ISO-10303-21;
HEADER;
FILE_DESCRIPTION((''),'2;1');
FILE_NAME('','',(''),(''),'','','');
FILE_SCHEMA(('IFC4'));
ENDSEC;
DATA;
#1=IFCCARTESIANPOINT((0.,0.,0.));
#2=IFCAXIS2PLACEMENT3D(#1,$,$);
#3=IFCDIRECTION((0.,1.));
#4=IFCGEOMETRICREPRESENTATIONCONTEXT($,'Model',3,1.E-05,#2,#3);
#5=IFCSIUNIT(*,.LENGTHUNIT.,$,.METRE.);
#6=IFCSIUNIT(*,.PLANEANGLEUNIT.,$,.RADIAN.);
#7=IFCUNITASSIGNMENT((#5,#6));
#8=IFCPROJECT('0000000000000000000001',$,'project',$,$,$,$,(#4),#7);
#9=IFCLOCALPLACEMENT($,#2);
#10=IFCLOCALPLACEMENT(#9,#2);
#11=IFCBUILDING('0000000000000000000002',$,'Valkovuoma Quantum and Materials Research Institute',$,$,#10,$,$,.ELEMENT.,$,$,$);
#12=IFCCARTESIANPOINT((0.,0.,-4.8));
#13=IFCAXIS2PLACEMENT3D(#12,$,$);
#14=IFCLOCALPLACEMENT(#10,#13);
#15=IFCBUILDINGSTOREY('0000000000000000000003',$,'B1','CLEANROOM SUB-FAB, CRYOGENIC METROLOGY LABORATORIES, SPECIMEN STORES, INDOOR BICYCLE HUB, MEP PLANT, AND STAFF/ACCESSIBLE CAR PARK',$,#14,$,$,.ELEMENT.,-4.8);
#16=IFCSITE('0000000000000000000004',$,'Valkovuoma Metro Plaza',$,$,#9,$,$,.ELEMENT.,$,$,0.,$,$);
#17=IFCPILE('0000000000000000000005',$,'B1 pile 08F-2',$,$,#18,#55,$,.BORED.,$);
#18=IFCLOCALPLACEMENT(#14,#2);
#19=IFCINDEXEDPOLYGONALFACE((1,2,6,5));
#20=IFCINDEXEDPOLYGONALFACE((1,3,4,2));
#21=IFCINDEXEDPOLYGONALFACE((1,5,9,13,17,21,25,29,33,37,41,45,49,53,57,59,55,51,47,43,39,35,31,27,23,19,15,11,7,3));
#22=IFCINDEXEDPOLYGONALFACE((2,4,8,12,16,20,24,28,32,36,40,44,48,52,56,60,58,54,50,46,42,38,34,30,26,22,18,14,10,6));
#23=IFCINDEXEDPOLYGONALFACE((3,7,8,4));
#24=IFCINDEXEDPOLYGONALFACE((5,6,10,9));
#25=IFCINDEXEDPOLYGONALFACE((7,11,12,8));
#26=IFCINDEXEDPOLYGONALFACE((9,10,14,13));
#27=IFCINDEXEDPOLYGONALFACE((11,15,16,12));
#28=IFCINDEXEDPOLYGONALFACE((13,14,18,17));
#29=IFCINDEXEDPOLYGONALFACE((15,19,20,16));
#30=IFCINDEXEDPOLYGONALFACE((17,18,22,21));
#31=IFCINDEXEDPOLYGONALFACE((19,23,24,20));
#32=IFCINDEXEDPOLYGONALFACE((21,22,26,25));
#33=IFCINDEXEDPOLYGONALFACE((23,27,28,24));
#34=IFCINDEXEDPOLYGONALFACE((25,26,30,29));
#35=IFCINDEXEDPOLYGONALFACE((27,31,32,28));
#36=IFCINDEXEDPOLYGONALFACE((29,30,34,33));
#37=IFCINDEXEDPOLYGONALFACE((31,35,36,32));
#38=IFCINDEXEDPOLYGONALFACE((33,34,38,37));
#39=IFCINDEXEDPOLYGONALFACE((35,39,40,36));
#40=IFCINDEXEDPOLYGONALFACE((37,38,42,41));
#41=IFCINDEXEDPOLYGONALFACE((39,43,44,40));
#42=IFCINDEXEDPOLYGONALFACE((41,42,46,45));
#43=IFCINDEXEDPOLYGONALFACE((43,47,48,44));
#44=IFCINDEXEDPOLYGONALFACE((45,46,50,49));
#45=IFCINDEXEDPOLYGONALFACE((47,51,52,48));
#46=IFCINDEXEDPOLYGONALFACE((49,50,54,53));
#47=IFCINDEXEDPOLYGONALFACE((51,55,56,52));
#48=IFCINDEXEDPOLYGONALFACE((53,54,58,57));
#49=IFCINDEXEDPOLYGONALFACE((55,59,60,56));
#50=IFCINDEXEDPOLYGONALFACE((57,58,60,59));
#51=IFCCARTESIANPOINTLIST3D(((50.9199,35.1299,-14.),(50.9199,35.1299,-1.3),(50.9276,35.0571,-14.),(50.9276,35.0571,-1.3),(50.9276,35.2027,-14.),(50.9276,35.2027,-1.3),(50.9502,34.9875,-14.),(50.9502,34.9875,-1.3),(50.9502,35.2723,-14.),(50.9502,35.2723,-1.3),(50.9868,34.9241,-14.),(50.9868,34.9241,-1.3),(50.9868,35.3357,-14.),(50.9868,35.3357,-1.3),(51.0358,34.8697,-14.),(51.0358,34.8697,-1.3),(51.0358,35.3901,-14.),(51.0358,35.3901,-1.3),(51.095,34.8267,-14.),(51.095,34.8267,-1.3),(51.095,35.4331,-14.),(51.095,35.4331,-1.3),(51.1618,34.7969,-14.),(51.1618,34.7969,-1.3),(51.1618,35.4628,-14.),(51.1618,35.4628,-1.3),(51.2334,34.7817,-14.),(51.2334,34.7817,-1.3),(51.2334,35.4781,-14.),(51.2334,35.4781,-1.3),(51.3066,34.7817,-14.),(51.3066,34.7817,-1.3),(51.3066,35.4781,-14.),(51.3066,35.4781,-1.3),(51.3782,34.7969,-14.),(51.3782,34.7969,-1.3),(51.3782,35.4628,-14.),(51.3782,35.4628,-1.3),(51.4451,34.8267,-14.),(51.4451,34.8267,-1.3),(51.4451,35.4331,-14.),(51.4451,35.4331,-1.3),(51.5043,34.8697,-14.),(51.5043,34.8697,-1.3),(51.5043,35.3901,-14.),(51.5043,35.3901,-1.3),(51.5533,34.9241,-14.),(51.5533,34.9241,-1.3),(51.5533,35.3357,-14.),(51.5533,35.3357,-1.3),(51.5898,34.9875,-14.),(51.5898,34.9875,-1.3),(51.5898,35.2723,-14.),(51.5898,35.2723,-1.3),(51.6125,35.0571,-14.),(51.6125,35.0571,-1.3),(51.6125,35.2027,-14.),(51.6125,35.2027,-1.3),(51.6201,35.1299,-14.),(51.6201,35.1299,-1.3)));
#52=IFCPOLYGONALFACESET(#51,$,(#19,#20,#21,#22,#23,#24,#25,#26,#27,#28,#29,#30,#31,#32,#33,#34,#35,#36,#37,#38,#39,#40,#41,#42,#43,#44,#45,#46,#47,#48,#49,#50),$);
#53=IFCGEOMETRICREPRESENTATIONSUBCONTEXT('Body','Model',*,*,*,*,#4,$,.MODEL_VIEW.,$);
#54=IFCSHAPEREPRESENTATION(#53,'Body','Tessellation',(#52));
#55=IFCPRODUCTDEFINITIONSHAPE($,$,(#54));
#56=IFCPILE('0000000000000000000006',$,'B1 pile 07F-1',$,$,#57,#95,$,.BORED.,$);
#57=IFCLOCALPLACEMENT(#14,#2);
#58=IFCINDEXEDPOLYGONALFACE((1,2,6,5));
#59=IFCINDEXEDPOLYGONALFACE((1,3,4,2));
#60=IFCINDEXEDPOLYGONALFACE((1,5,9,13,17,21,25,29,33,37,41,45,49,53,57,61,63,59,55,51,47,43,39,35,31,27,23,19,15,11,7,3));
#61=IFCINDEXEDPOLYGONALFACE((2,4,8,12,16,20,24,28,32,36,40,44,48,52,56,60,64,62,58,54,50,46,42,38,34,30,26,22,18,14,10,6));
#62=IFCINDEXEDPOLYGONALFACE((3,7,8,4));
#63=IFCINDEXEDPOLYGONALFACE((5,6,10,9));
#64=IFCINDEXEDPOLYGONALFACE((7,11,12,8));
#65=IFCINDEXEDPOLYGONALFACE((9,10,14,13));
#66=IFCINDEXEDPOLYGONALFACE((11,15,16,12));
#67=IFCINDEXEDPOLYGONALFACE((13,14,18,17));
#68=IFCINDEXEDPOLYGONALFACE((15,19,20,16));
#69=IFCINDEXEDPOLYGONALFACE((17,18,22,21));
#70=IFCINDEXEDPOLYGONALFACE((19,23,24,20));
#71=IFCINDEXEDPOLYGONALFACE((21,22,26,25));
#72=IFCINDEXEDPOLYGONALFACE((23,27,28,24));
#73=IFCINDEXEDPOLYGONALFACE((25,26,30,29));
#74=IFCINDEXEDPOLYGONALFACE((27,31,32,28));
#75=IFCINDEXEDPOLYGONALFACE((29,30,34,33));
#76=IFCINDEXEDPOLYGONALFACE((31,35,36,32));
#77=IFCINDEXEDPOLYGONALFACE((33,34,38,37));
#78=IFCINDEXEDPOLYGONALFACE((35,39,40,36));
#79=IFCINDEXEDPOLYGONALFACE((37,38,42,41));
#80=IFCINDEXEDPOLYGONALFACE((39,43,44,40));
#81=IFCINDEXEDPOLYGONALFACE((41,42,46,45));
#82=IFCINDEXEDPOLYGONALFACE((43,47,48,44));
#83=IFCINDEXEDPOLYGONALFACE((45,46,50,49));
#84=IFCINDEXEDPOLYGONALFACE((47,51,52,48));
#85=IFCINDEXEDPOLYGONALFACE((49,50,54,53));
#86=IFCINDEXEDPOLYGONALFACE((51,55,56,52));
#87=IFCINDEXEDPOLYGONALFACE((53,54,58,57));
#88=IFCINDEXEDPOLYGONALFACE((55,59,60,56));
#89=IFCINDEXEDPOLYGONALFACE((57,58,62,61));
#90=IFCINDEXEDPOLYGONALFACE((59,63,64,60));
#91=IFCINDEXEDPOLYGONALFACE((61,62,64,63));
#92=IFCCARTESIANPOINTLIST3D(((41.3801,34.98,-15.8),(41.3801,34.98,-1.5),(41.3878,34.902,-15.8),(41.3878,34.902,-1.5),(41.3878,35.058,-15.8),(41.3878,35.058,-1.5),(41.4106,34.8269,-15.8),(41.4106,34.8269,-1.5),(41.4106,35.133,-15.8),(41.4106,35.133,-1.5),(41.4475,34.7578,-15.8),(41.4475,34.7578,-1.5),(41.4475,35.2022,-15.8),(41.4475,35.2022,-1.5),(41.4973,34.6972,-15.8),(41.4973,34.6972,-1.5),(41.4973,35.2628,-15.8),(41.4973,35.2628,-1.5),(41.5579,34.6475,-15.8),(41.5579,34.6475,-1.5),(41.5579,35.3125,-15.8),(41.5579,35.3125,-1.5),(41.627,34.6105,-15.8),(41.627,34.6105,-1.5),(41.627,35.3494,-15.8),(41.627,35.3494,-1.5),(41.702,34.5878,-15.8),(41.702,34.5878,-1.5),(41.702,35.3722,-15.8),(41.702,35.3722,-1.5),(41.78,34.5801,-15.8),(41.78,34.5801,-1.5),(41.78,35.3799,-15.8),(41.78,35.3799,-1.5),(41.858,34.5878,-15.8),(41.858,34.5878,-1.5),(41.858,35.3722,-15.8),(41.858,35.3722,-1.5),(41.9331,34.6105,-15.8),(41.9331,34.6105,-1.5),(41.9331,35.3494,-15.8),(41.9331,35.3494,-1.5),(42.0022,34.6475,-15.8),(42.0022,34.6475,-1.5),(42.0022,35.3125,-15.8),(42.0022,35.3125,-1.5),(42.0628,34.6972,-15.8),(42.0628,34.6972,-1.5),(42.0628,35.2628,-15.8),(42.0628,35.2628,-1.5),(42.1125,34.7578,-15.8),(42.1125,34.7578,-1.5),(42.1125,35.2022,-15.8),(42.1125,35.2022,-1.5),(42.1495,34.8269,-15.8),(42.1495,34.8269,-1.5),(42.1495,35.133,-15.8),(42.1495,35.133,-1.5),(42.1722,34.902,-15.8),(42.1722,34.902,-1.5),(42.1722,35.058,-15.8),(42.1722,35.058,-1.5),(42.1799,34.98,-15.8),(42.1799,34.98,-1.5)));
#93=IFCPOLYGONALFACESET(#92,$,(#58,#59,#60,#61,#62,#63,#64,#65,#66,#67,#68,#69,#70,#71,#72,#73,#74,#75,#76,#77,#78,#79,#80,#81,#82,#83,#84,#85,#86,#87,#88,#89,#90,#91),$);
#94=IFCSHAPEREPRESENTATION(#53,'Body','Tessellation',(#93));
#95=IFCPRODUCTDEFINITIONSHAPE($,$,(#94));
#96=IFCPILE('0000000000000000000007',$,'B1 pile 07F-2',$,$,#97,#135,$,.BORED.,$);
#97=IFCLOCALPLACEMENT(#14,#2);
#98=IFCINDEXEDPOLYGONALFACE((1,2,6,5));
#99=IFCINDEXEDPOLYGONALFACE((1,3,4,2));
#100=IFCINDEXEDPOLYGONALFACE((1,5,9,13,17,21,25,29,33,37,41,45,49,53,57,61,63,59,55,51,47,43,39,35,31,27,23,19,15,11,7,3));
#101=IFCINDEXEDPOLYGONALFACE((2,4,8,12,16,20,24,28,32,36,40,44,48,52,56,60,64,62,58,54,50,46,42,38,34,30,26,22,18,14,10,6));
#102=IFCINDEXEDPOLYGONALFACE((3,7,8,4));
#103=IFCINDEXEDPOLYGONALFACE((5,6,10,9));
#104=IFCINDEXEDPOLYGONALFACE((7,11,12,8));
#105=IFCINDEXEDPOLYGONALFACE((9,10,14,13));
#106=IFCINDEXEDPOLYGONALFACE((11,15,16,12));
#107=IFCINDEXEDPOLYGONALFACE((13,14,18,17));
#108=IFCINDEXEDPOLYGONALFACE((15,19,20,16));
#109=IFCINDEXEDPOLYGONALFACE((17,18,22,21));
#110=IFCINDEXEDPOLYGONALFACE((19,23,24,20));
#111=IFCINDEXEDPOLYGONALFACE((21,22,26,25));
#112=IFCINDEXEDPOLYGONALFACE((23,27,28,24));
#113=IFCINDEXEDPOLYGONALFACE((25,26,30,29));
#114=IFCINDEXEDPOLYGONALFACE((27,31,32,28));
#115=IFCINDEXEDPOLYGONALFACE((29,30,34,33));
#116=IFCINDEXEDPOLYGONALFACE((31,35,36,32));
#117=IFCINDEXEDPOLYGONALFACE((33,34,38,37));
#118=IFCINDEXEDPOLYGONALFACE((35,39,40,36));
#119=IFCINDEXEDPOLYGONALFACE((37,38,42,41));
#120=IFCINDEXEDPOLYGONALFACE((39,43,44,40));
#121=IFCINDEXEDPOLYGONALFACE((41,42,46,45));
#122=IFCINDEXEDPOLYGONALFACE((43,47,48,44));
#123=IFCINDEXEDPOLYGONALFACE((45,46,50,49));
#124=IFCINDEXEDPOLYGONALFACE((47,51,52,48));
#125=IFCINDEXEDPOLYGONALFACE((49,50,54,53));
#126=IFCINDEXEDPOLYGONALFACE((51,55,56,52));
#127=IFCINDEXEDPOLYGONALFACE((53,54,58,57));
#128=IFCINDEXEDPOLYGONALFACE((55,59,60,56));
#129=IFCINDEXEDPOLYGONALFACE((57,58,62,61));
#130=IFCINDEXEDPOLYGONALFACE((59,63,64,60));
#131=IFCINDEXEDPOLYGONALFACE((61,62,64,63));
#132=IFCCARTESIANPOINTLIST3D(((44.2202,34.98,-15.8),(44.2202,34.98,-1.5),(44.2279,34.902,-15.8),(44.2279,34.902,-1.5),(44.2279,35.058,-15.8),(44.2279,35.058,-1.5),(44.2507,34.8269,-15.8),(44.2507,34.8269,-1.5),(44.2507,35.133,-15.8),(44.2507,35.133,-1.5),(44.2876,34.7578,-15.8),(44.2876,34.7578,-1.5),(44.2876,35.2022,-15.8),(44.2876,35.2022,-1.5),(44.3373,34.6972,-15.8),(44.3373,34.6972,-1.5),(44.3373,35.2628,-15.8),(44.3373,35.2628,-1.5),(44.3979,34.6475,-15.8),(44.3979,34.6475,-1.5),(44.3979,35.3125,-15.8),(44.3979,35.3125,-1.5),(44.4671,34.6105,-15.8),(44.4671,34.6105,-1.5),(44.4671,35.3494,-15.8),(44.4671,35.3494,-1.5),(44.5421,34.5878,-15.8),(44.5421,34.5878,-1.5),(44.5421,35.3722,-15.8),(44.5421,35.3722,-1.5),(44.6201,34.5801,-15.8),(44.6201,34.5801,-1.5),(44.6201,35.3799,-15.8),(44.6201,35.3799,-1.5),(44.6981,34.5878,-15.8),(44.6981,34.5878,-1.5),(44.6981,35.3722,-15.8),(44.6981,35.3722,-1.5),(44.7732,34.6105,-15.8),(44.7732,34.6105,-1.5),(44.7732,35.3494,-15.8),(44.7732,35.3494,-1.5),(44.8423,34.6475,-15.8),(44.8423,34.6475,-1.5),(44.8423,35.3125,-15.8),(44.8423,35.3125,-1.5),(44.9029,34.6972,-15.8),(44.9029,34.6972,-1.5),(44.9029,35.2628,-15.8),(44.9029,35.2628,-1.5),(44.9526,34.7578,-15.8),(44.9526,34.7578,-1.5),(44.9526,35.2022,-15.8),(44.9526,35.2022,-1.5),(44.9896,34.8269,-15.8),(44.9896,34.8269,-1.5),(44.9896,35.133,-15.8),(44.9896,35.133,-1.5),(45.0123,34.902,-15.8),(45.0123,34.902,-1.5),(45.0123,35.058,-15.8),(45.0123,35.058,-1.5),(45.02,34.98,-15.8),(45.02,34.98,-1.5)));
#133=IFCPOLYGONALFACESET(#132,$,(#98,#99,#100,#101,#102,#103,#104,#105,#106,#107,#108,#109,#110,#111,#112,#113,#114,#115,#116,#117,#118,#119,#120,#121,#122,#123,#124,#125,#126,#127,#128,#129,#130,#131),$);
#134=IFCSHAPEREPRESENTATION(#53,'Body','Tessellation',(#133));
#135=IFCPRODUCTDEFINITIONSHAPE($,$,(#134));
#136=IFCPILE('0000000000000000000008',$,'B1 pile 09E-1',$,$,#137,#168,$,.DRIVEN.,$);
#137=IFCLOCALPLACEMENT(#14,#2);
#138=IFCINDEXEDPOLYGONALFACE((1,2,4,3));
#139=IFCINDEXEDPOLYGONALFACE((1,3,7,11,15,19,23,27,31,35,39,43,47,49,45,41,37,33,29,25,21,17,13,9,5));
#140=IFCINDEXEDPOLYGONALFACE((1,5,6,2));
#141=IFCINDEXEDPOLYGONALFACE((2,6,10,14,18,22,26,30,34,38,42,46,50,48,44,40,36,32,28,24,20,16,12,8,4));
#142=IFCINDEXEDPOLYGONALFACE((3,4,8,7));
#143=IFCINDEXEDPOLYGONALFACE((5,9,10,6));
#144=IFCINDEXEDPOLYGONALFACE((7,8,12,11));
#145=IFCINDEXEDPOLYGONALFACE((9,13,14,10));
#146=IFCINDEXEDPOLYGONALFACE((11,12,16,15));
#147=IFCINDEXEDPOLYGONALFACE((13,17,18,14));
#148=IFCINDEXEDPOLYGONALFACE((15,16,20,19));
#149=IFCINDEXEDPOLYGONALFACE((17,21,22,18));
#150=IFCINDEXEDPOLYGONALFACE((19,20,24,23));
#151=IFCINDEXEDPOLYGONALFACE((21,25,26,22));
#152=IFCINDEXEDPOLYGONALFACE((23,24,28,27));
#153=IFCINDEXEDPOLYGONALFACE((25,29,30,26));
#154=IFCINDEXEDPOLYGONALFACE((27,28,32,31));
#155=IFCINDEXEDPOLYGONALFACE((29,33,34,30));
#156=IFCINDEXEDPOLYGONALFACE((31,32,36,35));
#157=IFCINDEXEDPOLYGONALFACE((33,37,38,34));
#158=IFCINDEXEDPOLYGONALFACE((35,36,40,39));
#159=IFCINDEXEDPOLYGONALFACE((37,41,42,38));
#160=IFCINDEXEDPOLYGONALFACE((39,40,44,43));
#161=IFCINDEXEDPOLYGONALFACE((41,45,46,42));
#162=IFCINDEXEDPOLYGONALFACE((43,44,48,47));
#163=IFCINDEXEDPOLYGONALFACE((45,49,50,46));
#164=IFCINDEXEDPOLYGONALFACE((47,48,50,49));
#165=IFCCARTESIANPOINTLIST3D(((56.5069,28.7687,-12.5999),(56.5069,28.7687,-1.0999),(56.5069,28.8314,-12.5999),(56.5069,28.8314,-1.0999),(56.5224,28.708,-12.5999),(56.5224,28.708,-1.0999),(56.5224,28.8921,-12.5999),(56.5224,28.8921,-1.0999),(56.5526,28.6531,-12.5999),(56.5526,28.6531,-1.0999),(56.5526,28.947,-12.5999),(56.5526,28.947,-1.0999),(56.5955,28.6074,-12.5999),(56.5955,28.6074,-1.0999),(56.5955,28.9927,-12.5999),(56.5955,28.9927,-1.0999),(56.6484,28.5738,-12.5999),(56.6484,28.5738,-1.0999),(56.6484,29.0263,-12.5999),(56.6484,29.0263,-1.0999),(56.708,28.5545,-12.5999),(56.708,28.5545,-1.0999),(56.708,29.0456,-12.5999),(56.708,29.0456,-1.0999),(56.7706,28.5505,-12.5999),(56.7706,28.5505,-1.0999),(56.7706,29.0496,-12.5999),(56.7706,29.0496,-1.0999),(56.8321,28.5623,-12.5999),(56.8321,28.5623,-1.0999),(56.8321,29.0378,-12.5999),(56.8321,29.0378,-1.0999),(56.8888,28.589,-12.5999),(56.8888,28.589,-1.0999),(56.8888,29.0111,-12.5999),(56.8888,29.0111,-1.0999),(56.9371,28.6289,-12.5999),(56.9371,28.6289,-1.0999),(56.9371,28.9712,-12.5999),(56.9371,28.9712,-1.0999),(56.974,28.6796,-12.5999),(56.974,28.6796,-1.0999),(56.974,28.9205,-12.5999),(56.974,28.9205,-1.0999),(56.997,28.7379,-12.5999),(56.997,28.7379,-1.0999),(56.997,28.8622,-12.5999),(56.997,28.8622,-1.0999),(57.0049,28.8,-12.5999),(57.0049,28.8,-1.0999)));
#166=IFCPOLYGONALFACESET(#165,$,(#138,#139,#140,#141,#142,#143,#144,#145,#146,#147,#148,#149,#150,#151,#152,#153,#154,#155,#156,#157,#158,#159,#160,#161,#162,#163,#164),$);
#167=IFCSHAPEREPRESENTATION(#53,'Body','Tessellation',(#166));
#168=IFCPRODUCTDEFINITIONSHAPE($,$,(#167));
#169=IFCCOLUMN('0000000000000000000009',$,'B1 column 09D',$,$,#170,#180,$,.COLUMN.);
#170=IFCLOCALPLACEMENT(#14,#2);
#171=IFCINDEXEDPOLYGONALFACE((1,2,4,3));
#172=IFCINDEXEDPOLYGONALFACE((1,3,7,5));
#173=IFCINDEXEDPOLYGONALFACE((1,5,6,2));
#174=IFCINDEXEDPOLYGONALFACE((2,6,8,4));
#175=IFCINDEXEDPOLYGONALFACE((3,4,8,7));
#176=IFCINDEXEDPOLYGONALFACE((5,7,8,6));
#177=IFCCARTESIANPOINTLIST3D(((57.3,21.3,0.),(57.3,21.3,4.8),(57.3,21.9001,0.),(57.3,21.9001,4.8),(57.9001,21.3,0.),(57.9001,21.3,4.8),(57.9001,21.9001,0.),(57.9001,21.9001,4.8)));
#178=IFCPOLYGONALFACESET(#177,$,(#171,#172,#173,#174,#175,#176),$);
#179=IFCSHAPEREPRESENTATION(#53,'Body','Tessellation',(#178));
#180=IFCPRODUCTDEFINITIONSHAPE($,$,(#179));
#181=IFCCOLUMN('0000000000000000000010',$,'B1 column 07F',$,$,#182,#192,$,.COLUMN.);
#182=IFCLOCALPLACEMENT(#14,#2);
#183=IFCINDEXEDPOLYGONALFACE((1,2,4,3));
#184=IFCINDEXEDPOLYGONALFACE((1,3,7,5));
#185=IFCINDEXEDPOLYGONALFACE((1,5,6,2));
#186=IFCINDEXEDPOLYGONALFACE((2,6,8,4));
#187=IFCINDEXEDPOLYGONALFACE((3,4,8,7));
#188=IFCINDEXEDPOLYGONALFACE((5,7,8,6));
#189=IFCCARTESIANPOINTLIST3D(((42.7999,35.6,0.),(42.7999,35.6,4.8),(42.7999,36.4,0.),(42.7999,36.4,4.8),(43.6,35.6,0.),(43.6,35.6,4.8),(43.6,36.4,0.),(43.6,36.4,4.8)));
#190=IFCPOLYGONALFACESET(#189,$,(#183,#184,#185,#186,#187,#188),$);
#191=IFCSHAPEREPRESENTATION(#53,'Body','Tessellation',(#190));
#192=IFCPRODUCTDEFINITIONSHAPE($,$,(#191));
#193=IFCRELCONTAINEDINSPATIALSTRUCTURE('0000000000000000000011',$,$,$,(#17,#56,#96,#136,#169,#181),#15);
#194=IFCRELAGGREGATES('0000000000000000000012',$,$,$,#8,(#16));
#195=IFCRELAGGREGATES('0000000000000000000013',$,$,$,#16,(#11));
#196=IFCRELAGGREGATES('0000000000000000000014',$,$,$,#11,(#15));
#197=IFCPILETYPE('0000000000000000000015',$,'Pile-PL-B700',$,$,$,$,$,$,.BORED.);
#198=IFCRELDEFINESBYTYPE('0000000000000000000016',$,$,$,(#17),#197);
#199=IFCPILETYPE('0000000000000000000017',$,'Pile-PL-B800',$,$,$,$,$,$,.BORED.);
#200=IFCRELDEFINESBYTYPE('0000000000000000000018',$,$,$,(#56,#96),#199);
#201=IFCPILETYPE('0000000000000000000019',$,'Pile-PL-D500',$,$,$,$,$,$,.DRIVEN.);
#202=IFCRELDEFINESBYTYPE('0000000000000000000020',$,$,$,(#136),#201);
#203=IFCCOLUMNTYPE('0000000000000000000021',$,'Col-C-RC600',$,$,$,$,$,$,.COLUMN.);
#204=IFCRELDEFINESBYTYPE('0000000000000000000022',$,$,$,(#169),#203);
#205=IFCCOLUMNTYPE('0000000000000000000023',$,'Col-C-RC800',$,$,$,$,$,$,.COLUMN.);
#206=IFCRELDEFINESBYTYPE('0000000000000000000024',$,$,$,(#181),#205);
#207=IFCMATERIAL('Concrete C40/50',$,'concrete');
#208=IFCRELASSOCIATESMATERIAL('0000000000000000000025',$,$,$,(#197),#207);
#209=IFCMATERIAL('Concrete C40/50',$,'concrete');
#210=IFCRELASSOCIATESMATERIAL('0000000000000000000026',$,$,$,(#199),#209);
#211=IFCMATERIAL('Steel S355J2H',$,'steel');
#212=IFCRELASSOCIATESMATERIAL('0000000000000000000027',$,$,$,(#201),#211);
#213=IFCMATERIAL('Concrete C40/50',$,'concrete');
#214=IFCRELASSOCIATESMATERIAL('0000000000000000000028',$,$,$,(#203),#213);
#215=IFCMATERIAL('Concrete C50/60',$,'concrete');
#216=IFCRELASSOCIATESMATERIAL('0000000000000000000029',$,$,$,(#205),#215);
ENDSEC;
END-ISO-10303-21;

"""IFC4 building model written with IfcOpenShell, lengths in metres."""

from ifc_helpers import new_model, si_unit, direction, frame, origin, origin_2d, place, context, subcontext, project, spatial, rectangle, circle, extrude, material, material_profile, profile_set, type_object, element, save


model = new_model("IFC4")

# Units and contexts
model_context = context("Model", 3, precision=1e-05, world=origin(), true_north=direction((0.0, 1.0)))
body_context = subcontext(model_context, "Body", "Model", "MODEL_VIEW")
ifc_project = project(units=[si_unit("LENGTHUNIT", "METRE"), si_unit("PLANEANGLEUNIT", "RADIAN")], contexts=[model_context])

# Site, building, storey
site_placement = place(None, origin())
site = spatial("IfcSite", under=ifc_project, at=site_placement, Name="Valkovuoma Metro Plaza", CompositionType="ELEMENT", RefElevation=0.0)
building_placement = place(site_placement, origin())
building = spatial("IfcBuilding", under=site, at=building_placement, Name="Valkovuoma Quantum and Materials Research Institute", CompositionType="ELEMENT")
storey_placement = place(building_placement, frame((0.0, 0.0, -4.8)))
storey = spatial("IfcBuildingStorey", under=building, at=storey_placement, Name="B1", Description="CLEANROOM SUB-FAB, CRYOGENIC METROLOGY LABORATORIES, SPECIMEN STORES, INDOOR BICYCLE HUB, MEP PLANT, AND STAFF/ACCESSIBLE CAR PARK", CompositionType="ELEMENT", Elevation=-4.8)

# Piles
ifc_material_1 = material(Name="Concrete C40/50", Category="concrete")
ifc_material_profile_1 = material_profile(ifc_material_1, circle(Radius=0.3501, at=origin_2d()), Name="Concrete C40/50")
ifc_profile_set_1 = profile_set([ifc_material_profile_1], Name="Concrete C40/50")
pile_type_1 = type_object("IfcPileType", Name="Pile-PL-B700", PredefinedType="BORED", material=ifc_profile_set_1)
for number, where, z_axis, x_axis, name in (
    (1, (51.27, 35.1299, -1.3), (0.0, 0.0, -1.0), (1.0, 0.0, 0.0), "B1 pile 08F-2"),
):
    element("IfcPile", number, at=place(storey_placement, frame(where, z_axis=z_axis, x_axis=x_axis)), inside=storey, type_object=pile_type_1, Name=name, PredefinedType="BORED", context=body_context, shape_type="SweptSolid", body=[
        extrude(circle(Radius=0.3501, at=origin_2d()), origin(), (0.0, 0.0, 1.0), 12.7),
    ])
ifc_material_2 = material(Name="Concrete C40/50", Category="concrete")
ifc_material_profile_2 = material_profile(ifc_material_2, circle(Radius=0.3999, at=origin_2d()), Name="Concrete C40/50")
ifc_profile_set_2 = profile_set([ifc_material_profile_2], Name="Concrete C40/50")
pile_type_2 = type_object("IfcPileType", Name="Pile-PL-B800", PredefinedType="BORED", material=ifc_profile_set_2)
for number, where, z_axis, x_axis, name in (
    (2, (41.78, 34.98, -1.5), (0.0, 0.0, -1.0), (1.0, 0.0, 0.0), "B1 pile 07F-1"),
    (3, (44.6201, 34.98, -1.5), (0.0, 0.0, -1.0), (1.0, 0.0, 0.0), "B1 pile 07F-2"),
):
    element("IfcPile", number, at=place(storey_placement, frame(where, z_axis=z_axis, x_axis=x_axis)), inside=storey, type_object=pile_type_2, Name=name, PredefinedType="BORED", context=body_context, shape_type="SweptSolid", body=[
        extrude(circle(Radius=0.3999, at=origin_2d()), origin(), (0.0, 0.0, 1.0), 14.3),
    ])
ifc_material_3 = material(Name="Steel S355J2H", Category="steel")
ifc_material_profile_3 = material_profile(ifc_material_3, circle(Radius=0.25, at=origin_2d()), Name="Steel S355J2H")
ifc_profile_set_3 = profile_set([ifc_material_profile_3], Name="Steel S355J2H")
pile_type_3 = type_object("IfcPileType", Name="Pile-PL-D500", PredefinedType="DRIVEN", material=ifc_profile_set_3)
pile_1_placement = place(storey_placement, frame((56.7549, 28.8, -1.0999), z_axis=(0.0, 0.0, -1.0), x_axis=(1.0, 0.0, 0.0)))
element("IfcPile", 4, at=pile_1_placement, inside=storey, type_object=pile_type_3, Name="B1 pile 09E-1", PredefinedType="DRIVEN", context=body_context, shape_type="SweptSolid", body=[
    extrude(circle(Radius=0.25, at=origin_2d()), origin(), (0.0, 0.0, 1.0), 11.5),
])

# Columns
ifc_material_4 = material(Name="Concrete C40/50", Category="concrete")
ifc_material_profile_4 = material_profile(ifc_material_4, rectangle(XDim=0.6001, YDim=0.6001, at=origin_2d()), Name="Concrete C40/50")
ifc_profile_set_4 = profile_set([ifc_material_profile_4], Name="Concrete C40/50")
column_type_1 = type_object("IfcColumnType", Name="Col-C-RC600", PredefinedType="COLUMN", material=ifc_profile_set_4)
column_placement = place(storey_placement, frame((57.6001, 21.6001, 0.0), z_axis=(0.0, 0.0, 1.0), x_axis=(1.0, 0.0, 0.0)))
element("IfcColumn", 5, at=column_placement, inside=storey, type_object=column_type_1, Name="B1 column 09D", PredefinedType="COLUMN", context=body_context, shape_type="SweptSolid", body=[
    extrude(rectangle(XDim=0.6001, YDim=0.6001, at=origin_2d()), origin(), (0.0, 0.0, 1.0), 4.8),
])
ifc_material_5 = material(Name="Concrete C50/60", Category="concrete")
ifc_material_profile_5 = material_profile(ifc_material_5, rectangle(XDim=0.8, YDim=0.8, at=origin_2d()), Name="Concrete C50/60")
ifc_profile_set_5 = profile_set([ifc_material_profile_5], Name="Concrete C50/60")
column_type_2 = type_object("IfcColumnType", Name="Col-C-RC800", PredefinedType="COLUMN", material=ifc_profile_set_5)
for number, where, z_axis, x_axis, name in (
    (6, (43.2, 36.0, 0.0), (0.0, 0.0, 1.0), (1.0, 0.0, 0.0), "B1 column 07F"),
):
    element("IfcColumn", number, at=place(storey_placement, frame(where, z_axis=z_axis, x_axis=x_axis)), inside=storey, type_object=column_type_2, Name=name, PredefinedType="COLUMN", context=body_context, shape_type="SweptSolid", body=[
        extrude(rectangle(XDim=0.8, YDim=0.8, at=origin_2d()), origin(), (0.0, 0.0, 1.0), 4.8),
    ])

save(model, "model.ifc")
